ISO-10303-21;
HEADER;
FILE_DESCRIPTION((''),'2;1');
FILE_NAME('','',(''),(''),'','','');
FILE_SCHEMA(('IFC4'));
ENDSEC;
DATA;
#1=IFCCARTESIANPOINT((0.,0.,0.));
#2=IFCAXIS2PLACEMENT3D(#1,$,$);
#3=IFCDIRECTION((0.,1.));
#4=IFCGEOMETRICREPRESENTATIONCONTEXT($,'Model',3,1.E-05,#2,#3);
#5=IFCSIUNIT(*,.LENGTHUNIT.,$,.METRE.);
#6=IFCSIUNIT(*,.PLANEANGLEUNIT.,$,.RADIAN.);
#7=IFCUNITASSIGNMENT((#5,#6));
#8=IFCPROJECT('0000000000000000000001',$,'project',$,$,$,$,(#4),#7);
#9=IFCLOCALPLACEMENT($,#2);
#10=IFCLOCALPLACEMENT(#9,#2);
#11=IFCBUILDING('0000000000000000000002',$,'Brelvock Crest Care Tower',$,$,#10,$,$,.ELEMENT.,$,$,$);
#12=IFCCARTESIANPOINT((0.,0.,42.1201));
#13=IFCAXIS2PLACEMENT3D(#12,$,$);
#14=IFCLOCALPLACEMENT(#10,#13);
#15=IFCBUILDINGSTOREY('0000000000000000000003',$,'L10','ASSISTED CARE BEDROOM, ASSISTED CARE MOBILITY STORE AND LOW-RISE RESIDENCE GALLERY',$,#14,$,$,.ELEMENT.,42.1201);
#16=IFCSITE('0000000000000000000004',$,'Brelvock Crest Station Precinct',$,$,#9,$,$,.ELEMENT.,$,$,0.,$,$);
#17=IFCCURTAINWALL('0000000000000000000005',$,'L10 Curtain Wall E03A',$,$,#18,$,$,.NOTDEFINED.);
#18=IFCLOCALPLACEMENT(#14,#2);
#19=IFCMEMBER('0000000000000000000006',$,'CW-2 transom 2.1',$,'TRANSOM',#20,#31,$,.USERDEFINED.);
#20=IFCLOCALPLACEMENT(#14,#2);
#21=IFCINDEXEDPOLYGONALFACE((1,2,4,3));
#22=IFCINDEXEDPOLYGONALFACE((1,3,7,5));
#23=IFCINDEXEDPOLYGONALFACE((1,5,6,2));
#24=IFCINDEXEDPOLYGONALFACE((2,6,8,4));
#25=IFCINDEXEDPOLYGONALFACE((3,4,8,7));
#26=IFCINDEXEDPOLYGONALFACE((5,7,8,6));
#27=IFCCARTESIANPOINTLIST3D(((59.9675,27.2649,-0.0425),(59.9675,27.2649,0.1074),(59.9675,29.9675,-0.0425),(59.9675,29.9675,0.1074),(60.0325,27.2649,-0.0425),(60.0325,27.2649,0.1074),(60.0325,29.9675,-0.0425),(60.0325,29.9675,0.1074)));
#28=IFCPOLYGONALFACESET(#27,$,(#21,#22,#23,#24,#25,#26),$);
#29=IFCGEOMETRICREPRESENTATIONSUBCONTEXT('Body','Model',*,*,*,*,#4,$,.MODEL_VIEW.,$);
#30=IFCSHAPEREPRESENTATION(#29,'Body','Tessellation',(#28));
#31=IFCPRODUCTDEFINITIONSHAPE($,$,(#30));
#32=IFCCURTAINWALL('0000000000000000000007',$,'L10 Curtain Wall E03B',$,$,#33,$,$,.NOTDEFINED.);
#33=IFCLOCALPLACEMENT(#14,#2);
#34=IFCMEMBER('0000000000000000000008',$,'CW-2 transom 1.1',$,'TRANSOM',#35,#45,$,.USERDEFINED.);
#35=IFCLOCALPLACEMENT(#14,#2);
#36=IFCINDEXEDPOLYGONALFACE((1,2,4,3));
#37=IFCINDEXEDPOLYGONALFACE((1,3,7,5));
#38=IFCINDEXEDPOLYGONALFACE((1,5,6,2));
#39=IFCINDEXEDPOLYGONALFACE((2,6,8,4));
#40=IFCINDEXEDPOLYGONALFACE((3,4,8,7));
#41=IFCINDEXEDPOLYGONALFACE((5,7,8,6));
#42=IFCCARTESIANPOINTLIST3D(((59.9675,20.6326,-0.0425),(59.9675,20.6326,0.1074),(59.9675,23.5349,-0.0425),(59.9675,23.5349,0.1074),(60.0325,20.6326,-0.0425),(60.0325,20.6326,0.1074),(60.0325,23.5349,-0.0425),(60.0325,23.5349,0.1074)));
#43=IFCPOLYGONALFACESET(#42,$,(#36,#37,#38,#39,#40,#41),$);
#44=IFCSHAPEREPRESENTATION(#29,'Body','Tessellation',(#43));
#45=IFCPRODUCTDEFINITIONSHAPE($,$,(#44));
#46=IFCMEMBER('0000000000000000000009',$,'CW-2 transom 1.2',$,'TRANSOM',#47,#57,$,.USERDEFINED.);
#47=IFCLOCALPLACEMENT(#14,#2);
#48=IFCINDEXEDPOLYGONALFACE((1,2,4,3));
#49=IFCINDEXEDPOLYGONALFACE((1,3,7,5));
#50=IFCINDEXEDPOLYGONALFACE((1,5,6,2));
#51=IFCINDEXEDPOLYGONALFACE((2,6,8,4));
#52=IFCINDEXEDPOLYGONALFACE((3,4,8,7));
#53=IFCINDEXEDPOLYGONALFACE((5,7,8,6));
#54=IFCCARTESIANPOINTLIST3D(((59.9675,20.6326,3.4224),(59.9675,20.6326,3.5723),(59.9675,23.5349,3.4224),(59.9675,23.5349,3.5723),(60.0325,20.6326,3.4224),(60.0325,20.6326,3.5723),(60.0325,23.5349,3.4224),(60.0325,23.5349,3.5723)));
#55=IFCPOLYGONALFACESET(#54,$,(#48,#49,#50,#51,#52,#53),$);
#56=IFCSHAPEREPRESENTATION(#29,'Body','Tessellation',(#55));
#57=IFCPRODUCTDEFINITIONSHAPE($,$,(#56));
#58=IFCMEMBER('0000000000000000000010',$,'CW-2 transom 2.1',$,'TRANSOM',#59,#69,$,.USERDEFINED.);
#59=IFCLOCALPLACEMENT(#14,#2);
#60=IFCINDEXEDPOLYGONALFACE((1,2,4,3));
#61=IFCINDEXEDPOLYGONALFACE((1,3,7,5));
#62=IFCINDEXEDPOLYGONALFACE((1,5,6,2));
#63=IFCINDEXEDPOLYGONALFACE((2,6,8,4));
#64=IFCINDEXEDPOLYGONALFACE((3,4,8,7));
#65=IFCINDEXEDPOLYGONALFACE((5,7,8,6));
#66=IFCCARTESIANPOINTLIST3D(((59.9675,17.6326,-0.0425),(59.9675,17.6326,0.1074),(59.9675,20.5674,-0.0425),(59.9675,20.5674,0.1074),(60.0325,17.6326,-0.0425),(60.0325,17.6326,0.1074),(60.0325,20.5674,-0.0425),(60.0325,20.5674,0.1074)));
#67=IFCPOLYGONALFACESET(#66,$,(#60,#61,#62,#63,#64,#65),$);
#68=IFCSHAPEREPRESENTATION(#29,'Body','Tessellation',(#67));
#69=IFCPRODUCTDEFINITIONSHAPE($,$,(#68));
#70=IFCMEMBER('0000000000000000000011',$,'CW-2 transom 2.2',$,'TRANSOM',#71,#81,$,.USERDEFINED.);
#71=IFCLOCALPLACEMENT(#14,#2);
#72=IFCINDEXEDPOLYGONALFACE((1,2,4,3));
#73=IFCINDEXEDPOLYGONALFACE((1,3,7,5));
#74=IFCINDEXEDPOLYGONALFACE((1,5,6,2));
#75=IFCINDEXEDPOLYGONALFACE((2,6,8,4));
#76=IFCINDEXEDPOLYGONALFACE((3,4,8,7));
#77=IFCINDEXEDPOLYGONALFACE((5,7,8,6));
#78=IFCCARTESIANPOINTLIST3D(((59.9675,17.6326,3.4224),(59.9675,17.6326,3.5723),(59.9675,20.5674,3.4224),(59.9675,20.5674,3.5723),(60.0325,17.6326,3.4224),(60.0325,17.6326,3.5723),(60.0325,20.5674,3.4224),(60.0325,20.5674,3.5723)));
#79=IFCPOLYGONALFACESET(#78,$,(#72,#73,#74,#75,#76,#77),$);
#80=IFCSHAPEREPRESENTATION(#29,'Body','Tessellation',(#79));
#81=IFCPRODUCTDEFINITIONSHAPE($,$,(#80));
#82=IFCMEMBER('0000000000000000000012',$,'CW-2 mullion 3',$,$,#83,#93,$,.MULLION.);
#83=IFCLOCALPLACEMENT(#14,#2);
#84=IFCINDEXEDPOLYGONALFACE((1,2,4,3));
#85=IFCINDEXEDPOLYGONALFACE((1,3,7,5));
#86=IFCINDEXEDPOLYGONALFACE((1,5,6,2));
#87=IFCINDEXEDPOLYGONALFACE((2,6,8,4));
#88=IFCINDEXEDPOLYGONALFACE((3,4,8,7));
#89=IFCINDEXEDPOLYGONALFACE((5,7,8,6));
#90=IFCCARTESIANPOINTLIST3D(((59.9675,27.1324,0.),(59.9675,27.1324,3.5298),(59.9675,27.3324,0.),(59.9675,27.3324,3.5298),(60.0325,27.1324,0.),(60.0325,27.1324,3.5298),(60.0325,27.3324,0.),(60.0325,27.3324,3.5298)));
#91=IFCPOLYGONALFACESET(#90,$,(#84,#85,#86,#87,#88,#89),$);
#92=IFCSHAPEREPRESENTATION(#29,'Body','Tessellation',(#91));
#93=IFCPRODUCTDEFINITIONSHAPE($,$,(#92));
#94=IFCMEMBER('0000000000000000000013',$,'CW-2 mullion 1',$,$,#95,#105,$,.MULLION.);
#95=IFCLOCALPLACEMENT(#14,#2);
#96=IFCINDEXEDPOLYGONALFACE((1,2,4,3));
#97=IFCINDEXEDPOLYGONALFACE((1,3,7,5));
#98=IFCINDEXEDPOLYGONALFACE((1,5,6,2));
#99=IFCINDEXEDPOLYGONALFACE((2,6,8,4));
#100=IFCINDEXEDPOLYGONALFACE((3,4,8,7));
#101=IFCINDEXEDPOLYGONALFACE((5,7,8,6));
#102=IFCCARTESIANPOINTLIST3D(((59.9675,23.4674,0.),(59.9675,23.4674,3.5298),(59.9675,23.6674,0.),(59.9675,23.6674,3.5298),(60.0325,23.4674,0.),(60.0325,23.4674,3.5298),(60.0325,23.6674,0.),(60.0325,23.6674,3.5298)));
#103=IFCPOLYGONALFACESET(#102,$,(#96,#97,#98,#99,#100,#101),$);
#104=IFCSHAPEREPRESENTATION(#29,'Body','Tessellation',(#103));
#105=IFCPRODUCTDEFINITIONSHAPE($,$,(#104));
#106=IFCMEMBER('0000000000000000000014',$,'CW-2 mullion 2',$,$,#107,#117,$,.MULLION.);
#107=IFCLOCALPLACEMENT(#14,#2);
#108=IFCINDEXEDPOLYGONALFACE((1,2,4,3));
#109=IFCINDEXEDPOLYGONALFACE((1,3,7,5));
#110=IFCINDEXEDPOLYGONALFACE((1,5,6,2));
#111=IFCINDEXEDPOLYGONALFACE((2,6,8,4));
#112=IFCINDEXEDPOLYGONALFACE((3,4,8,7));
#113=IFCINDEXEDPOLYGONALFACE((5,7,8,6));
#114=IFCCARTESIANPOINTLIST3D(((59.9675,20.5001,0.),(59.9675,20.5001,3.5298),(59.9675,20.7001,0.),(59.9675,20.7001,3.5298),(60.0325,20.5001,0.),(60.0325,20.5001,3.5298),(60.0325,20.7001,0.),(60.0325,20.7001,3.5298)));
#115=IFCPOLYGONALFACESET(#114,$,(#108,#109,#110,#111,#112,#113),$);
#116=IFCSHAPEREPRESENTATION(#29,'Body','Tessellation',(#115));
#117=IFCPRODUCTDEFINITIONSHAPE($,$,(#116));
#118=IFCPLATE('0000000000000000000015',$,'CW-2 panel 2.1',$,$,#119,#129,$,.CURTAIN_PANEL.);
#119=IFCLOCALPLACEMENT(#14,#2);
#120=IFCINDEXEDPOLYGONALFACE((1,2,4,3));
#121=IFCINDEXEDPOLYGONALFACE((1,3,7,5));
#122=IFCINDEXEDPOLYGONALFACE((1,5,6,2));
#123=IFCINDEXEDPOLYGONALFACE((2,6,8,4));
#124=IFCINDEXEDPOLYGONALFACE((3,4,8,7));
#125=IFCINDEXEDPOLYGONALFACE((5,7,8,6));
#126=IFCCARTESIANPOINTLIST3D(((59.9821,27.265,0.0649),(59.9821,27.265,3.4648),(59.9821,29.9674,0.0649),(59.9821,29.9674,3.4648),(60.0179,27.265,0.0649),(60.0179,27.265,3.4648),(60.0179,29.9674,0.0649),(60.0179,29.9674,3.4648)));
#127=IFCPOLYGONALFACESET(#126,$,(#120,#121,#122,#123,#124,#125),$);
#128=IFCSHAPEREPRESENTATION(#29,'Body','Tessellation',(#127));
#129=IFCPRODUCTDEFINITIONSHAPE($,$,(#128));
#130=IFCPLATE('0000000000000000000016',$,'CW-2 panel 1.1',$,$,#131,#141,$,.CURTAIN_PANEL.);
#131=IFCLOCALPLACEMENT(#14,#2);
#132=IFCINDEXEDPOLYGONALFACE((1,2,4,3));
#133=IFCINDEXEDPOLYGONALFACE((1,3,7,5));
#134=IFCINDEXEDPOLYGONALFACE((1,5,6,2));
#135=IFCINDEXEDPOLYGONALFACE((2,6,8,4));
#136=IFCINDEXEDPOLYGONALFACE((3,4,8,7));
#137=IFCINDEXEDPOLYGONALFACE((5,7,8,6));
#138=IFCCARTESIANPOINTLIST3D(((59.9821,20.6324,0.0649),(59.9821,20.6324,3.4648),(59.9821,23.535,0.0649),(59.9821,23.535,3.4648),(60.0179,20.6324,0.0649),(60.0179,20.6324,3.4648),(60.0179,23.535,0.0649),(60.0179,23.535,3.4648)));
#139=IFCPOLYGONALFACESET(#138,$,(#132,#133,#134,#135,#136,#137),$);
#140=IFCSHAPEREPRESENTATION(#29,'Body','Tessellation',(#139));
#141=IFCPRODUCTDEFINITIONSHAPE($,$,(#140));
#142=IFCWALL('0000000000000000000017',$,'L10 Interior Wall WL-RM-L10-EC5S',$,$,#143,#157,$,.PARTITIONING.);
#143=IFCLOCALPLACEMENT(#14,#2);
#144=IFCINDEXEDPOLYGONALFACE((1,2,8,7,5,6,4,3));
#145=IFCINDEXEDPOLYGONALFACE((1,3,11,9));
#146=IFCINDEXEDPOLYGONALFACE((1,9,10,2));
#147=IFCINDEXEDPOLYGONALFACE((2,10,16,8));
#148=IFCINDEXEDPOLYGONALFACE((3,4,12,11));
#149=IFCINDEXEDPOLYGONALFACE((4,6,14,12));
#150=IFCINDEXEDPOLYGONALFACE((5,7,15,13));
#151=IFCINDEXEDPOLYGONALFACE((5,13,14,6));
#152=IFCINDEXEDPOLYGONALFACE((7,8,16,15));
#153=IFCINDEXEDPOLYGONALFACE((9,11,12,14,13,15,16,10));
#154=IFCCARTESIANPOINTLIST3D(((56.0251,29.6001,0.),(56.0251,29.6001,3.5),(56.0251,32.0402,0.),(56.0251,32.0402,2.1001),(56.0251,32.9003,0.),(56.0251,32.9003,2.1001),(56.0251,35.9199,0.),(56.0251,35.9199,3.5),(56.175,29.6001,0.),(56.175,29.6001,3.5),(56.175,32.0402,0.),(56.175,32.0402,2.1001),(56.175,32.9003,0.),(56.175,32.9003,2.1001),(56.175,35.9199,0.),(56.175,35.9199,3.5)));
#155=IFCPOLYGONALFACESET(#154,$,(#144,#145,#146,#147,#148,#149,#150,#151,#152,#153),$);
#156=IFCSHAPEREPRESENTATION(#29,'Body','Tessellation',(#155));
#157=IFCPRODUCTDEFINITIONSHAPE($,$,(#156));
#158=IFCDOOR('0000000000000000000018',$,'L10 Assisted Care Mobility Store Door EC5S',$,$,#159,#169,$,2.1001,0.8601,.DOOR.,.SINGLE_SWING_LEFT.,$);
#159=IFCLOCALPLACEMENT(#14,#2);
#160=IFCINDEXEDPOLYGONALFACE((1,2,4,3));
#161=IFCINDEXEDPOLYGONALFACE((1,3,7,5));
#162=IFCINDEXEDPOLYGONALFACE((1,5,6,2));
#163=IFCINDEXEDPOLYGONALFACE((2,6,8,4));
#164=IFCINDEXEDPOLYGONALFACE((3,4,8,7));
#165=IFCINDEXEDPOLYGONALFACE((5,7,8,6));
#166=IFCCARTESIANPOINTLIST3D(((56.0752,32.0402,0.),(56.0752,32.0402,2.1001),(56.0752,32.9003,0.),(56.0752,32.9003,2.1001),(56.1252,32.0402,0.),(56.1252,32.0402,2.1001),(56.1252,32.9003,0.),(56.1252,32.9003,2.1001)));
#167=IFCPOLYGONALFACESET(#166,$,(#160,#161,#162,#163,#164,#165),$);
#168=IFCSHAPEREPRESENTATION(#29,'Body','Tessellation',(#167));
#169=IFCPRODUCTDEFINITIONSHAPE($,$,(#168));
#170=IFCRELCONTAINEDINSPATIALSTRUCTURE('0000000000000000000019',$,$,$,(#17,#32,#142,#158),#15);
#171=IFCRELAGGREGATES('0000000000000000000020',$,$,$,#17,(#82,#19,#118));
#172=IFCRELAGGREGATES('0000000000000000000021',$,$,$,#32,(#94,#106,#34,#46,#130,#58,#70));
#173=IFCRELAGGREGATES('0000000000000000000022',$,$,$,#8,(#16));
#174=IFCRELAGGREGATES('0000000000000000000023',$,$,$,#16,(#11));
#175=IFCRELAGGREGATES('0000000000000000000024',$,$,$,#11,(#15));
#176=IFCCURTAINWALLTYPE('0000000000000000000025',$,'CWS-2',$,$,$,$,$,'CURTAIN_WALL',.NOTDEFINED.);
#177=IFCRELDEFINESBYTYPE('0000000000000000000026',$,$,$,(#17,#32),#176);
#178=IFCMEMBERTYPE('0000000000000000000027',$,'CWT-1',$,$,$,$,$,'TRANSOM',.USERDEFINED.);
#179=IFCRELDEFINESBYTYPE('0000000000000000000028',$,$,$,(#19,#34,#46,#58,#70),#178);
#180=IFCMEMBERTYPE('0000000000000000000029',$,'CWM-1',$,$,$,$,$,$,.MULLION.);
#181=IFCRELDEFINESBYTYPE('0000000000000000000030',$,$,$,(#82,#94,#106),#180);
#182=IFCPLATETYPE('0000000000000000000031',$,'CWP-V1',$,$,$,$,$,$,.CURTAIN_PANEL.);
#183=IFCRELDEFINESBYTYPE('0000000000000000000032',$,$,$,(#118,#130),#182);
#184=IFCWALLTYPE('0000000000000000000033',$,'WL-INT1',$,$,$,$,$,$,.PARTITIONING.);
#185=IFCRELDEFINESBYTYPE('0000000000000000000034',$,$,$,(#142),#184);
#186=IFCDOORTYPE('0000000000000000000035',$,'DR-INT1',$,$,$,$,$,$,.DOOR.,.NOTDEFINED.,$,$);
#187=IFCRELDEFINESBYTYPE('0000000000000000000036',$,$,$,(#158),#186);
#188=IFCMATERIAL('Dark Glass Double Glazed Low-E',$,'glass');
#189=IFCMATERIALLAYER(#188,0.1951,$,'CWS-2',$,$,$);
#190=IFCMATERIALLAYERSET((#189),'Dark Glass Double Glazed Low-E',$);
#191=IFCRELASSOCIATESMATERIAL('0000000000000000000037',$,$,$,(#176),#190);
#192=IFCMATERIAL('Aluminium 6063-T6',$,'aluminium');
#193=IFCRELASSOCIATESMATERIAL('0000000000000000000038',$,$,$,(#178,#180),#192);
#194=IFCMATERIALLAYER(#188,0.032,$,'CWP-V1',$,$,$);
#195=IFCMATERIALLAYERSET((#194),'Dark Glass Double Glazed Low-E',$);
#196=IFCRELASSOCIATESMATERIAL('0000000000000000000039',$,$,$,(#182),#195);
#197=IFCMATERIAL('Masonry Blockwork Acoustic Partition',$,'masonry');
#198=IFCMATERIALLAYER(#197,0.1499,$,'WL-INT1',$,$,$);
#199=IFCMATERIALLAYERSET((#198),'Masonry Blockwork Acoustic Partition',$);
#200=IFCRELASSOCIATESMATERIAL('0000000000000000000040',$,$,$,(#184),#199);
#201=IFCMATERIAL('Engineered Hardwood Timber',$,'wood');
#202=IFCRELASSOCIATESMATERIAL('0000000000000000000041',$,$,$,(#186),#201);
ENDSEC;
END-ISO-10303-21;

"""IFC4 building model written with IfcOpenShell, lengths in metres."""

from ifc_helpers import new_model, si_unit, direction, frame, frame_2d, origin, origin_2d, place, context, subcontext, project, spatial, rectangle, extrude, source, transform, mapped, material, layer, layer_set, material_profile, profile_set, type_object, element, fill, aggregate, save


model = new_model("IFC4")

# Units and contexts
model_context = context("Model", 3, precision=1e-05, world=origin(), true_north=direction((0.0, 1.0)))
body_context = subcontext(model_context, "Body", "Model", "MODEL_VIEW")
ifc_project = project(units=[si_unit("LENGTHUNIT", "METRE"), si_unit("PLANEANGLEUNIT", "RADIAN")], contexts=[model_context])

# Site, building, storey
site_placement = place(None, origin())
site = spatial("IfcSite", under=ifc_project, at=site_placement, Name="Brelvock Crest Station Precinct", CompositionType="ELEMENT", RefElevation=0.0)
building_placement = place(site_placement, origin())
building = spatial("IfcBuilding", under=site, at=building_placement, Name="Brelvock Crest Care Tower", CompositionType="ELEMENT")
storey_placement = place(building_placement, frame((0.0, 0.0, 42.1201)))
storey = spatial("IfcBuildingStorey", under=building, at=storey_placement, Name="L10", Description="ASSISTED CARE BEDROOM, ASSISTED CARE MOBILITY STORE AND LOW-RISE RESIDENCE GALLERY", CompositionType="ELEMENT", Elevation=42.1201)

# Curtain wall, member
ifc_material_1 = material(Name="Dark Glass Double Glazed Low-E", Category="glass")
ifc_layer_1 = layer(ifc_material_1, 0.1951, Name="CWS-2")
ifc_layer_set_1 = layer_set([ifc_layer_1], Name="Dark Glass Double Glazed Low-E")
curtain_wall_type = type_object("IfcCurtainWallType", Name="CWS-2", ElementType="CURTAIN_WALL", PredefinedType="NOTDEFINED", material=ifc_layer_set_1)
curtain_wall_1_placement = place(storey_placement, origin())
curtain_wall_1 = element("IfcCurtainWall", 1, at=curtain_wall_1_placement, inside=storey, type_object=curtain_wall_type, Name="L10 Curtain Wall E03A", PredefinedType="NOTDEFINED")
ifc_material_2 = material(Name="Aluminium 6063-T6", Category="aluminium")
ifc_material_profile_1 = material_profile(ifc_material_2, rectangle(XDim=0.0649, YDim=0.1499, at=origin_2d()), Name="ALU65x150")
ifc_profile_set_1 = profile_set([ifc_material_profile_1], Name="Aluminium 6063-T6")
member_type_1 = type_object("IfcMemberType", Name="CWT-1", ElementType="TRANSOM", PredefinedType="USERDEFINED", material=ifc_profile_set_1)
shared_shape_1 = source(origin(), body_context, "Body", "SweptSolid", [
    extrude(rectangle(XDim=0.0649, YDim=0.1499, at=origin_2d()), origin(), (0.0, 0.0, 1.0), 2.7026),
])
member_1_placement = place(storey_placement, frame((60.0, 29.9675, 0.0325), z_axis=(0.0, -1.0, 0.0), x_axis=(1.0, 0.0, 0.0)))
member_1 = element("IfcMember", 2, at=member_1_placement, type_object=member_type_1, Name="CW-2 transom 2.1", ObjectType="TRANSOM", PredefinedType="USERDEFINED", context=body_context, shape_type="MappedRepresentation", body=[
    mapped(shared_shape_1, transform((0.0, 0.0, 0.0), x_axis=(1.0, 0.0, 0.0), y_axis=(0.0, 1.0, 0.0), z_axis=(0.0, 0.0, 1.0), scale=1.0)),
])

# Curtain wall, members
curtain_wall_2_placement = place(storey_placement, origin())
curtain_wall_2 = element("IfcCurtainWall", 3, at=curtain_wall_2_placement, inside=storey, type_object=curtain_wall_type, Name="L10 Curtain Wall E03B", PredefinedType="NOTDEFINED")
shared_shape_2 = source(origin(), body_context, "Body", "SweptSolid", [
    extrude(rectangle(XDim=0.0649, YDim=0.1499, at=origin_2d()), origin(), (0.0, 0.0, 1.0), 2.9023),
])
member_2_placement = place(storey_placement, frame((60.0, 23.5349, 0.0325), z_axis=(0.0, -1.0, 0.0), x_axis=(1.0, 0.0, 0.0)))
member_2 = element("IfcMember", 4, at=member_2_placement, type_object=member_type_1, Name="CW-2 transom 1.1", ObjectType="TRANSOM", PredefinedType="USERDEFINED", context=body_context, shape_type="MappedRepresentation", body=[
    mapped(shared_shape_2, transform((0.0, 0.0, 0.0), x_axis=(1.0, 0.0, 0.0), y_axis=(0.0, 1.0, 0.0), z_axis=(0.0, 0.0, 1.0), scale=1.0)),
])
member_3_placement = place(storey_placement, frame((60.0, 23.5349, 3.4973), z_axis=(0.0, -1.0, 0.0), x_axis=(1.0, 0.0, 0.0)))
member_3 = element("IfcMember", 5, at=member_3_placement, type_object=member_type_1, Name="CW-2 transom 1.2", ObjectType="TRANSOM", PredefinedType="USERDEFINED", context=body_context, shape_type="MappedRepresentation", body=[
    mapped(shared_shape_2, transform((0.0, 0.0, 0.0), x_axis=(1.0, 0.0, 0.0), y_axis=(0.0, 1.0, 0.0), z_axis=(0.0, 0.0, 1.0), scale=1.0)),
])
shared_shape_3 = source(origin(), body_context, "Body", "SweptSolid", [
    extrude(rectangle(XDim=0.0649, YDim=0.1499, at=origin_2d()), origin(), (0.0, 0.0, 1.0), 2.9348),
])
member_4_placement = place(storey_placement, frame((60.0, 20.5674, 0.0325), z_axis=(0.0, -1.0, 0.0), x_axis=(1.0, 0.0, 0.0)))
member_4 = element("IfcMember", 6, at=member_4_placement, type_object=member_type_1, Name="CW-2 transom 2.1", ObjectType="TRANSOM", PredefinedType="USERDEFINED", context=body_context, shape_type="MappedRepresentation", body=[
    mapped(shared_shape_3, transform((0.0, 0.0, 0.0), x_axis=(1.0, 0.0, 0.0), y_axis=(0.0, 1.0, 0.0), z_axis=(0.0, 0.0, 1.0), scale=1.0)),
])
member_5_placement = place(storey_placement, frame((60.0, 20.5674, 3.4973), z_axis=(0.0, -1.0, 0.0), x_axis=(1.0, 0.0, 0.0)))
member_5 = element("IfcMember", 7, at=member_5_placement, type_object=member_type_1, Name="CW-2 transom 2.2", ObjectType="TRANSOM", PredefinedType="USERDEFINED", context=body_context, shape_type="MappedRepresentation", body=[
    mapped(shared_shape_3, transform((0.0, 0.0, 0.0), x_axis=(1.0, 0.0, 0.0), y_axis=(0.0, 1.0, 0.0), z_axis=(0.0, 0.0, 1.0), scale=1.0)),
])

# Members
ifc_material_profile_2 = material_profile(ifc_material_2, rectangle(XDim=0.0649, YDim=0.2, at=origin_2d()), Name="ALU65x200")
ifc_profile_set_2 = profile_set([ifc_material_profile_2], Name="Aluminium 6063-T6")
member_type_2 = type_object("IfcMemberType", Name="CWM-1", PredefinedType="MULLION", material=ifc_profile_set_2)
shared_shape_4 = source(origin(), body_context, "Body", "SweptSolid", [
    extrude(rectangle(XDim=0.0649, YDim=0.2, at=origin_2d()), origin(), (0.0, 0.0, 1.0), 3.5298),
])
member_6_placement = place(storey_placement, frame((60.0, 27.2324, 0.0), z_axis=(0.0, 0.0, 1.0), x_axis=(1.0, 0.0, 0.0)))
member_6 = element("IfcMember", 8, at=member_6_placement, type_object=member_type_2, Name="CW-2 mullion 3", PredefinedType="MULLION", context=body_context, shape_type="MappedRepresentation", body=[
    mapped(shared_shape_4, transform((0.0, 0.0, 0.0), x_axis=(1.0, 0.0, 0.0), y_axis=(0.0, 1.0, 0.0), z_axis=(0.0, 0.0, 1.0), scale=1.0)),
])
member_7_placement = place(storey_placement, frame((60.0, 23.5674, 0.0), z_axis=(0.0, 0.0, 1.0), x_axis=(1.0, 0.0, 0.0)))
member_7 = element("IfcMember", 9, at=member_7_placement, type_object=member_type_2, Name="CW-2 mullion 1", PredefinedType="MULLION", context=body_context, shape_type="MappedRepresentation", body=[
    mapped(shared_shape_4, transform((0.0, 0.0, 0.0), x_axis=(1.0, 0.0, 0.0), y_axis=(0.0, 1.0, 0.0), z_axis=(0.0, 0.0, 1.0), scale=1.0)),
])
member_8_placement = place(storey_placement, frame((60.0, 20.6001, 0.0), z_axis=(0.0, 0.0, 1.0), x_axis=(1.0, 0.0, 0.0)))
member_8 = element("IfcMember", 10, at=member_8_placement, type_object=member_type_2, Name="CW-2 mullion 2", PredefinedType="MULLION", context=body_context, shape_type="MappedRepresentation", body=[
    mapped(shared_shape_4, transform((0.0, 0.0, 0.0), x_axis=(1.0, 0.0, 0.0), y_axis=(0.0, 1.0, 0.0), z_axis=(0.0, 0.0, 1.0), scale=1.0)),
])

# Plates
ifc_layer_2 = layer(ifc_material_1, 0.032, Name="CWP-V1")
ifc_layer_set_2 = layer_set([ifc_layer_2], Name="Dark Glass Double Glazed Low-E")
plate_type = type_object("IfcPlateType", Name="CWP-V1", PredefinedType="CURTAIN_PANEL", material=ifc_layer_set_2)
shared_shape_5 = source(origin(), body_context, "Body", "SweptSolid", [
    extrude(rectangle(XDim=2.7024, YDim=0.0359, at=origin_2d()), origin(), (0.0, 0.0, 1.0), 3.3999),
])
plate_1_placement = place(storey_placement, frame((60.0, 28.6162, 0.0649), z_axis=(0.0, 0.0, 1.0), x_axis=(0.0, -1.0, 0.0)))
plate_1 = element("IfcPlate", 11, at=plate_1_placement, type_object=plate_type, Name="CW-2 panel 2.1", PredefinedType="CURTAIN_PANEL", context=body_context, shape_type="MappedRepresentation", body=[
    mapped(shared_shape_5, transform((0.0, 0.0, 0.0), x_axis=(1.0, 0.0, 0.0), y_axis=(0.0, 1.0, 0.0), z_axis=(0.0, 0.0, 1.0), scale=1.0)),
])
aggregate(curtain_wall_1, [member_6, member_1, plate_1])
shared_shape_6 = source(origin(), body_context, "Body", "SweptSolid", [
    extrude(rectangle(XDim=2.9026, YDim=0.0359, at=origin_2d()), origin(), (0.0, 0.0, 1.0), 3.3999),
])
plate_2_placement = place(storey_placement, frame((60.0, 22.0837, 0.0649), z_axis=(0.0, 0.0, 1.0), x_axis=(0.0, -1.0, 0.0)))
plate_2 = element("IfcPlate", 12, at=plate_2_placement, type_object=plate_type, Name="CW-2 panel 1.1", PredefinedType="CURTAIN_PANEL", context=body_context, shape_type="MappedRepresentation", body=[
    mapped(shared_shape_6, transform((0.0, 0.0, 0.0), x_axis=(1.0, 0.0, 0.0), y_axis=(0.0, 1.0, 0.0), z_axis=(0.0, 0.0, 1.0), scale=1.0)),
])
aggregate(curtain_wall_2, [member_7, member_8, member_2, member_3, plate_2, member_4, member_5])

# Wall, opening, door
ifc_material_3 = material(Name="Masonry Blockwork Acoustic Partition", Category="masonry")
ifc_layer_3 = layer(ifc_material_3, 0.1499, Name="WL-INT1")
ifc_layer_set_3 = layer_set([ifc_layer_3], Name="Masonry Blockwork Acoustic Partition")
wall_type_1 = type_object("IfcWallType", Name="WL-INT1", PredefinedType="PARTITIONING", material=ifc_layer_set_3)
wall_1_placement = place(storey_placement, frame((56.1001, 29.6001, 0.0), z_axis=(0.0, 0.0, 1.0), x_axis=(0.0, 1.0, 0.0)))
wall_1 = element("IfcWall", 13, at=wall_1_placement, inside=storey, type_object=wall_type_1, Name="L10 Interior Wall WL-RM-L10-EC5S", PredefinedType="PARTITIONING", context=body_context, shape_type="SweptSolid", body=[
    extrude(rectangle(XDim=6.3198, YDim=0.1499, at=frame_2d((3.1599, 0.0))), origin(), (0.0, 0.0, 1.0), 3.5),
])
opening_1_placement = place(wall_1_placement, frame((2.4399, 0.0, 0.0)))
opening_1 = element("IfcOpeningElement", 14, at=opening_1_placement, cuts=wall_1, PredefinedType="OPENING", context=body_context, shape_type="SweptSolid", body=[
    extrude(rectangle(XDim=0.8601, YDim=2.1001, at=origin_2d()), frame((0.4302, 0.085, 1.05), z_axis=(0.0, -1.0, 0.0), x_axis=(1.0, 0.0, 0.0)), (0.0, 0.0, 1.0), 0.1699),
])
ifc_material_4 = material(Name="Engineered Hardwood Timber", Category="wood")
door_type_1 = type_object("IfcDoorType", Name="DR-INT1", OperationType="NOTDEFINED", PredefinedType="DOOR", material=ifc_material_4)
shared_shape_7 = source(origin(), body_context, "Body", "SweptSolid", [
    extrude(rectangle(XDim=0.8601, YDim=2.1001, at=origin_2d()), frame((0.4302, 0.0249, 1.05), z_axis=(0.0, -1.0, 0.0), x_axis=(1.0, 0.0, 0.0)), (0.0, 0.0, 1.0), 0.05),
])
door_1_placement = place(opening_1_placement, origin())
door_1 = element("IfcDoor", 15, at=door_1_placement, inside=storey, type_object=door_type_1, Name="L10 Assisted Care Mobility Store Door EC5S", OperationType="SINGLE_SWING_LEFT", OverallHeight=2.1001, OverallWidth=0.8601, PredefinedType="DOOR", context=body_context, shape_type="MappedRepresentation", body=[
    mapped(shared_shape_7, transform((0.0, 0.0, 0.0), x_axis=(1.0, 0.0, 0.0), y_axis=(0.0, 1.0, 0.0), z_axis=(0.0, 0.0, 1.0), scale=1.0)),
])
fill(opening_1, door_1)

save(model, "model.ifc")
